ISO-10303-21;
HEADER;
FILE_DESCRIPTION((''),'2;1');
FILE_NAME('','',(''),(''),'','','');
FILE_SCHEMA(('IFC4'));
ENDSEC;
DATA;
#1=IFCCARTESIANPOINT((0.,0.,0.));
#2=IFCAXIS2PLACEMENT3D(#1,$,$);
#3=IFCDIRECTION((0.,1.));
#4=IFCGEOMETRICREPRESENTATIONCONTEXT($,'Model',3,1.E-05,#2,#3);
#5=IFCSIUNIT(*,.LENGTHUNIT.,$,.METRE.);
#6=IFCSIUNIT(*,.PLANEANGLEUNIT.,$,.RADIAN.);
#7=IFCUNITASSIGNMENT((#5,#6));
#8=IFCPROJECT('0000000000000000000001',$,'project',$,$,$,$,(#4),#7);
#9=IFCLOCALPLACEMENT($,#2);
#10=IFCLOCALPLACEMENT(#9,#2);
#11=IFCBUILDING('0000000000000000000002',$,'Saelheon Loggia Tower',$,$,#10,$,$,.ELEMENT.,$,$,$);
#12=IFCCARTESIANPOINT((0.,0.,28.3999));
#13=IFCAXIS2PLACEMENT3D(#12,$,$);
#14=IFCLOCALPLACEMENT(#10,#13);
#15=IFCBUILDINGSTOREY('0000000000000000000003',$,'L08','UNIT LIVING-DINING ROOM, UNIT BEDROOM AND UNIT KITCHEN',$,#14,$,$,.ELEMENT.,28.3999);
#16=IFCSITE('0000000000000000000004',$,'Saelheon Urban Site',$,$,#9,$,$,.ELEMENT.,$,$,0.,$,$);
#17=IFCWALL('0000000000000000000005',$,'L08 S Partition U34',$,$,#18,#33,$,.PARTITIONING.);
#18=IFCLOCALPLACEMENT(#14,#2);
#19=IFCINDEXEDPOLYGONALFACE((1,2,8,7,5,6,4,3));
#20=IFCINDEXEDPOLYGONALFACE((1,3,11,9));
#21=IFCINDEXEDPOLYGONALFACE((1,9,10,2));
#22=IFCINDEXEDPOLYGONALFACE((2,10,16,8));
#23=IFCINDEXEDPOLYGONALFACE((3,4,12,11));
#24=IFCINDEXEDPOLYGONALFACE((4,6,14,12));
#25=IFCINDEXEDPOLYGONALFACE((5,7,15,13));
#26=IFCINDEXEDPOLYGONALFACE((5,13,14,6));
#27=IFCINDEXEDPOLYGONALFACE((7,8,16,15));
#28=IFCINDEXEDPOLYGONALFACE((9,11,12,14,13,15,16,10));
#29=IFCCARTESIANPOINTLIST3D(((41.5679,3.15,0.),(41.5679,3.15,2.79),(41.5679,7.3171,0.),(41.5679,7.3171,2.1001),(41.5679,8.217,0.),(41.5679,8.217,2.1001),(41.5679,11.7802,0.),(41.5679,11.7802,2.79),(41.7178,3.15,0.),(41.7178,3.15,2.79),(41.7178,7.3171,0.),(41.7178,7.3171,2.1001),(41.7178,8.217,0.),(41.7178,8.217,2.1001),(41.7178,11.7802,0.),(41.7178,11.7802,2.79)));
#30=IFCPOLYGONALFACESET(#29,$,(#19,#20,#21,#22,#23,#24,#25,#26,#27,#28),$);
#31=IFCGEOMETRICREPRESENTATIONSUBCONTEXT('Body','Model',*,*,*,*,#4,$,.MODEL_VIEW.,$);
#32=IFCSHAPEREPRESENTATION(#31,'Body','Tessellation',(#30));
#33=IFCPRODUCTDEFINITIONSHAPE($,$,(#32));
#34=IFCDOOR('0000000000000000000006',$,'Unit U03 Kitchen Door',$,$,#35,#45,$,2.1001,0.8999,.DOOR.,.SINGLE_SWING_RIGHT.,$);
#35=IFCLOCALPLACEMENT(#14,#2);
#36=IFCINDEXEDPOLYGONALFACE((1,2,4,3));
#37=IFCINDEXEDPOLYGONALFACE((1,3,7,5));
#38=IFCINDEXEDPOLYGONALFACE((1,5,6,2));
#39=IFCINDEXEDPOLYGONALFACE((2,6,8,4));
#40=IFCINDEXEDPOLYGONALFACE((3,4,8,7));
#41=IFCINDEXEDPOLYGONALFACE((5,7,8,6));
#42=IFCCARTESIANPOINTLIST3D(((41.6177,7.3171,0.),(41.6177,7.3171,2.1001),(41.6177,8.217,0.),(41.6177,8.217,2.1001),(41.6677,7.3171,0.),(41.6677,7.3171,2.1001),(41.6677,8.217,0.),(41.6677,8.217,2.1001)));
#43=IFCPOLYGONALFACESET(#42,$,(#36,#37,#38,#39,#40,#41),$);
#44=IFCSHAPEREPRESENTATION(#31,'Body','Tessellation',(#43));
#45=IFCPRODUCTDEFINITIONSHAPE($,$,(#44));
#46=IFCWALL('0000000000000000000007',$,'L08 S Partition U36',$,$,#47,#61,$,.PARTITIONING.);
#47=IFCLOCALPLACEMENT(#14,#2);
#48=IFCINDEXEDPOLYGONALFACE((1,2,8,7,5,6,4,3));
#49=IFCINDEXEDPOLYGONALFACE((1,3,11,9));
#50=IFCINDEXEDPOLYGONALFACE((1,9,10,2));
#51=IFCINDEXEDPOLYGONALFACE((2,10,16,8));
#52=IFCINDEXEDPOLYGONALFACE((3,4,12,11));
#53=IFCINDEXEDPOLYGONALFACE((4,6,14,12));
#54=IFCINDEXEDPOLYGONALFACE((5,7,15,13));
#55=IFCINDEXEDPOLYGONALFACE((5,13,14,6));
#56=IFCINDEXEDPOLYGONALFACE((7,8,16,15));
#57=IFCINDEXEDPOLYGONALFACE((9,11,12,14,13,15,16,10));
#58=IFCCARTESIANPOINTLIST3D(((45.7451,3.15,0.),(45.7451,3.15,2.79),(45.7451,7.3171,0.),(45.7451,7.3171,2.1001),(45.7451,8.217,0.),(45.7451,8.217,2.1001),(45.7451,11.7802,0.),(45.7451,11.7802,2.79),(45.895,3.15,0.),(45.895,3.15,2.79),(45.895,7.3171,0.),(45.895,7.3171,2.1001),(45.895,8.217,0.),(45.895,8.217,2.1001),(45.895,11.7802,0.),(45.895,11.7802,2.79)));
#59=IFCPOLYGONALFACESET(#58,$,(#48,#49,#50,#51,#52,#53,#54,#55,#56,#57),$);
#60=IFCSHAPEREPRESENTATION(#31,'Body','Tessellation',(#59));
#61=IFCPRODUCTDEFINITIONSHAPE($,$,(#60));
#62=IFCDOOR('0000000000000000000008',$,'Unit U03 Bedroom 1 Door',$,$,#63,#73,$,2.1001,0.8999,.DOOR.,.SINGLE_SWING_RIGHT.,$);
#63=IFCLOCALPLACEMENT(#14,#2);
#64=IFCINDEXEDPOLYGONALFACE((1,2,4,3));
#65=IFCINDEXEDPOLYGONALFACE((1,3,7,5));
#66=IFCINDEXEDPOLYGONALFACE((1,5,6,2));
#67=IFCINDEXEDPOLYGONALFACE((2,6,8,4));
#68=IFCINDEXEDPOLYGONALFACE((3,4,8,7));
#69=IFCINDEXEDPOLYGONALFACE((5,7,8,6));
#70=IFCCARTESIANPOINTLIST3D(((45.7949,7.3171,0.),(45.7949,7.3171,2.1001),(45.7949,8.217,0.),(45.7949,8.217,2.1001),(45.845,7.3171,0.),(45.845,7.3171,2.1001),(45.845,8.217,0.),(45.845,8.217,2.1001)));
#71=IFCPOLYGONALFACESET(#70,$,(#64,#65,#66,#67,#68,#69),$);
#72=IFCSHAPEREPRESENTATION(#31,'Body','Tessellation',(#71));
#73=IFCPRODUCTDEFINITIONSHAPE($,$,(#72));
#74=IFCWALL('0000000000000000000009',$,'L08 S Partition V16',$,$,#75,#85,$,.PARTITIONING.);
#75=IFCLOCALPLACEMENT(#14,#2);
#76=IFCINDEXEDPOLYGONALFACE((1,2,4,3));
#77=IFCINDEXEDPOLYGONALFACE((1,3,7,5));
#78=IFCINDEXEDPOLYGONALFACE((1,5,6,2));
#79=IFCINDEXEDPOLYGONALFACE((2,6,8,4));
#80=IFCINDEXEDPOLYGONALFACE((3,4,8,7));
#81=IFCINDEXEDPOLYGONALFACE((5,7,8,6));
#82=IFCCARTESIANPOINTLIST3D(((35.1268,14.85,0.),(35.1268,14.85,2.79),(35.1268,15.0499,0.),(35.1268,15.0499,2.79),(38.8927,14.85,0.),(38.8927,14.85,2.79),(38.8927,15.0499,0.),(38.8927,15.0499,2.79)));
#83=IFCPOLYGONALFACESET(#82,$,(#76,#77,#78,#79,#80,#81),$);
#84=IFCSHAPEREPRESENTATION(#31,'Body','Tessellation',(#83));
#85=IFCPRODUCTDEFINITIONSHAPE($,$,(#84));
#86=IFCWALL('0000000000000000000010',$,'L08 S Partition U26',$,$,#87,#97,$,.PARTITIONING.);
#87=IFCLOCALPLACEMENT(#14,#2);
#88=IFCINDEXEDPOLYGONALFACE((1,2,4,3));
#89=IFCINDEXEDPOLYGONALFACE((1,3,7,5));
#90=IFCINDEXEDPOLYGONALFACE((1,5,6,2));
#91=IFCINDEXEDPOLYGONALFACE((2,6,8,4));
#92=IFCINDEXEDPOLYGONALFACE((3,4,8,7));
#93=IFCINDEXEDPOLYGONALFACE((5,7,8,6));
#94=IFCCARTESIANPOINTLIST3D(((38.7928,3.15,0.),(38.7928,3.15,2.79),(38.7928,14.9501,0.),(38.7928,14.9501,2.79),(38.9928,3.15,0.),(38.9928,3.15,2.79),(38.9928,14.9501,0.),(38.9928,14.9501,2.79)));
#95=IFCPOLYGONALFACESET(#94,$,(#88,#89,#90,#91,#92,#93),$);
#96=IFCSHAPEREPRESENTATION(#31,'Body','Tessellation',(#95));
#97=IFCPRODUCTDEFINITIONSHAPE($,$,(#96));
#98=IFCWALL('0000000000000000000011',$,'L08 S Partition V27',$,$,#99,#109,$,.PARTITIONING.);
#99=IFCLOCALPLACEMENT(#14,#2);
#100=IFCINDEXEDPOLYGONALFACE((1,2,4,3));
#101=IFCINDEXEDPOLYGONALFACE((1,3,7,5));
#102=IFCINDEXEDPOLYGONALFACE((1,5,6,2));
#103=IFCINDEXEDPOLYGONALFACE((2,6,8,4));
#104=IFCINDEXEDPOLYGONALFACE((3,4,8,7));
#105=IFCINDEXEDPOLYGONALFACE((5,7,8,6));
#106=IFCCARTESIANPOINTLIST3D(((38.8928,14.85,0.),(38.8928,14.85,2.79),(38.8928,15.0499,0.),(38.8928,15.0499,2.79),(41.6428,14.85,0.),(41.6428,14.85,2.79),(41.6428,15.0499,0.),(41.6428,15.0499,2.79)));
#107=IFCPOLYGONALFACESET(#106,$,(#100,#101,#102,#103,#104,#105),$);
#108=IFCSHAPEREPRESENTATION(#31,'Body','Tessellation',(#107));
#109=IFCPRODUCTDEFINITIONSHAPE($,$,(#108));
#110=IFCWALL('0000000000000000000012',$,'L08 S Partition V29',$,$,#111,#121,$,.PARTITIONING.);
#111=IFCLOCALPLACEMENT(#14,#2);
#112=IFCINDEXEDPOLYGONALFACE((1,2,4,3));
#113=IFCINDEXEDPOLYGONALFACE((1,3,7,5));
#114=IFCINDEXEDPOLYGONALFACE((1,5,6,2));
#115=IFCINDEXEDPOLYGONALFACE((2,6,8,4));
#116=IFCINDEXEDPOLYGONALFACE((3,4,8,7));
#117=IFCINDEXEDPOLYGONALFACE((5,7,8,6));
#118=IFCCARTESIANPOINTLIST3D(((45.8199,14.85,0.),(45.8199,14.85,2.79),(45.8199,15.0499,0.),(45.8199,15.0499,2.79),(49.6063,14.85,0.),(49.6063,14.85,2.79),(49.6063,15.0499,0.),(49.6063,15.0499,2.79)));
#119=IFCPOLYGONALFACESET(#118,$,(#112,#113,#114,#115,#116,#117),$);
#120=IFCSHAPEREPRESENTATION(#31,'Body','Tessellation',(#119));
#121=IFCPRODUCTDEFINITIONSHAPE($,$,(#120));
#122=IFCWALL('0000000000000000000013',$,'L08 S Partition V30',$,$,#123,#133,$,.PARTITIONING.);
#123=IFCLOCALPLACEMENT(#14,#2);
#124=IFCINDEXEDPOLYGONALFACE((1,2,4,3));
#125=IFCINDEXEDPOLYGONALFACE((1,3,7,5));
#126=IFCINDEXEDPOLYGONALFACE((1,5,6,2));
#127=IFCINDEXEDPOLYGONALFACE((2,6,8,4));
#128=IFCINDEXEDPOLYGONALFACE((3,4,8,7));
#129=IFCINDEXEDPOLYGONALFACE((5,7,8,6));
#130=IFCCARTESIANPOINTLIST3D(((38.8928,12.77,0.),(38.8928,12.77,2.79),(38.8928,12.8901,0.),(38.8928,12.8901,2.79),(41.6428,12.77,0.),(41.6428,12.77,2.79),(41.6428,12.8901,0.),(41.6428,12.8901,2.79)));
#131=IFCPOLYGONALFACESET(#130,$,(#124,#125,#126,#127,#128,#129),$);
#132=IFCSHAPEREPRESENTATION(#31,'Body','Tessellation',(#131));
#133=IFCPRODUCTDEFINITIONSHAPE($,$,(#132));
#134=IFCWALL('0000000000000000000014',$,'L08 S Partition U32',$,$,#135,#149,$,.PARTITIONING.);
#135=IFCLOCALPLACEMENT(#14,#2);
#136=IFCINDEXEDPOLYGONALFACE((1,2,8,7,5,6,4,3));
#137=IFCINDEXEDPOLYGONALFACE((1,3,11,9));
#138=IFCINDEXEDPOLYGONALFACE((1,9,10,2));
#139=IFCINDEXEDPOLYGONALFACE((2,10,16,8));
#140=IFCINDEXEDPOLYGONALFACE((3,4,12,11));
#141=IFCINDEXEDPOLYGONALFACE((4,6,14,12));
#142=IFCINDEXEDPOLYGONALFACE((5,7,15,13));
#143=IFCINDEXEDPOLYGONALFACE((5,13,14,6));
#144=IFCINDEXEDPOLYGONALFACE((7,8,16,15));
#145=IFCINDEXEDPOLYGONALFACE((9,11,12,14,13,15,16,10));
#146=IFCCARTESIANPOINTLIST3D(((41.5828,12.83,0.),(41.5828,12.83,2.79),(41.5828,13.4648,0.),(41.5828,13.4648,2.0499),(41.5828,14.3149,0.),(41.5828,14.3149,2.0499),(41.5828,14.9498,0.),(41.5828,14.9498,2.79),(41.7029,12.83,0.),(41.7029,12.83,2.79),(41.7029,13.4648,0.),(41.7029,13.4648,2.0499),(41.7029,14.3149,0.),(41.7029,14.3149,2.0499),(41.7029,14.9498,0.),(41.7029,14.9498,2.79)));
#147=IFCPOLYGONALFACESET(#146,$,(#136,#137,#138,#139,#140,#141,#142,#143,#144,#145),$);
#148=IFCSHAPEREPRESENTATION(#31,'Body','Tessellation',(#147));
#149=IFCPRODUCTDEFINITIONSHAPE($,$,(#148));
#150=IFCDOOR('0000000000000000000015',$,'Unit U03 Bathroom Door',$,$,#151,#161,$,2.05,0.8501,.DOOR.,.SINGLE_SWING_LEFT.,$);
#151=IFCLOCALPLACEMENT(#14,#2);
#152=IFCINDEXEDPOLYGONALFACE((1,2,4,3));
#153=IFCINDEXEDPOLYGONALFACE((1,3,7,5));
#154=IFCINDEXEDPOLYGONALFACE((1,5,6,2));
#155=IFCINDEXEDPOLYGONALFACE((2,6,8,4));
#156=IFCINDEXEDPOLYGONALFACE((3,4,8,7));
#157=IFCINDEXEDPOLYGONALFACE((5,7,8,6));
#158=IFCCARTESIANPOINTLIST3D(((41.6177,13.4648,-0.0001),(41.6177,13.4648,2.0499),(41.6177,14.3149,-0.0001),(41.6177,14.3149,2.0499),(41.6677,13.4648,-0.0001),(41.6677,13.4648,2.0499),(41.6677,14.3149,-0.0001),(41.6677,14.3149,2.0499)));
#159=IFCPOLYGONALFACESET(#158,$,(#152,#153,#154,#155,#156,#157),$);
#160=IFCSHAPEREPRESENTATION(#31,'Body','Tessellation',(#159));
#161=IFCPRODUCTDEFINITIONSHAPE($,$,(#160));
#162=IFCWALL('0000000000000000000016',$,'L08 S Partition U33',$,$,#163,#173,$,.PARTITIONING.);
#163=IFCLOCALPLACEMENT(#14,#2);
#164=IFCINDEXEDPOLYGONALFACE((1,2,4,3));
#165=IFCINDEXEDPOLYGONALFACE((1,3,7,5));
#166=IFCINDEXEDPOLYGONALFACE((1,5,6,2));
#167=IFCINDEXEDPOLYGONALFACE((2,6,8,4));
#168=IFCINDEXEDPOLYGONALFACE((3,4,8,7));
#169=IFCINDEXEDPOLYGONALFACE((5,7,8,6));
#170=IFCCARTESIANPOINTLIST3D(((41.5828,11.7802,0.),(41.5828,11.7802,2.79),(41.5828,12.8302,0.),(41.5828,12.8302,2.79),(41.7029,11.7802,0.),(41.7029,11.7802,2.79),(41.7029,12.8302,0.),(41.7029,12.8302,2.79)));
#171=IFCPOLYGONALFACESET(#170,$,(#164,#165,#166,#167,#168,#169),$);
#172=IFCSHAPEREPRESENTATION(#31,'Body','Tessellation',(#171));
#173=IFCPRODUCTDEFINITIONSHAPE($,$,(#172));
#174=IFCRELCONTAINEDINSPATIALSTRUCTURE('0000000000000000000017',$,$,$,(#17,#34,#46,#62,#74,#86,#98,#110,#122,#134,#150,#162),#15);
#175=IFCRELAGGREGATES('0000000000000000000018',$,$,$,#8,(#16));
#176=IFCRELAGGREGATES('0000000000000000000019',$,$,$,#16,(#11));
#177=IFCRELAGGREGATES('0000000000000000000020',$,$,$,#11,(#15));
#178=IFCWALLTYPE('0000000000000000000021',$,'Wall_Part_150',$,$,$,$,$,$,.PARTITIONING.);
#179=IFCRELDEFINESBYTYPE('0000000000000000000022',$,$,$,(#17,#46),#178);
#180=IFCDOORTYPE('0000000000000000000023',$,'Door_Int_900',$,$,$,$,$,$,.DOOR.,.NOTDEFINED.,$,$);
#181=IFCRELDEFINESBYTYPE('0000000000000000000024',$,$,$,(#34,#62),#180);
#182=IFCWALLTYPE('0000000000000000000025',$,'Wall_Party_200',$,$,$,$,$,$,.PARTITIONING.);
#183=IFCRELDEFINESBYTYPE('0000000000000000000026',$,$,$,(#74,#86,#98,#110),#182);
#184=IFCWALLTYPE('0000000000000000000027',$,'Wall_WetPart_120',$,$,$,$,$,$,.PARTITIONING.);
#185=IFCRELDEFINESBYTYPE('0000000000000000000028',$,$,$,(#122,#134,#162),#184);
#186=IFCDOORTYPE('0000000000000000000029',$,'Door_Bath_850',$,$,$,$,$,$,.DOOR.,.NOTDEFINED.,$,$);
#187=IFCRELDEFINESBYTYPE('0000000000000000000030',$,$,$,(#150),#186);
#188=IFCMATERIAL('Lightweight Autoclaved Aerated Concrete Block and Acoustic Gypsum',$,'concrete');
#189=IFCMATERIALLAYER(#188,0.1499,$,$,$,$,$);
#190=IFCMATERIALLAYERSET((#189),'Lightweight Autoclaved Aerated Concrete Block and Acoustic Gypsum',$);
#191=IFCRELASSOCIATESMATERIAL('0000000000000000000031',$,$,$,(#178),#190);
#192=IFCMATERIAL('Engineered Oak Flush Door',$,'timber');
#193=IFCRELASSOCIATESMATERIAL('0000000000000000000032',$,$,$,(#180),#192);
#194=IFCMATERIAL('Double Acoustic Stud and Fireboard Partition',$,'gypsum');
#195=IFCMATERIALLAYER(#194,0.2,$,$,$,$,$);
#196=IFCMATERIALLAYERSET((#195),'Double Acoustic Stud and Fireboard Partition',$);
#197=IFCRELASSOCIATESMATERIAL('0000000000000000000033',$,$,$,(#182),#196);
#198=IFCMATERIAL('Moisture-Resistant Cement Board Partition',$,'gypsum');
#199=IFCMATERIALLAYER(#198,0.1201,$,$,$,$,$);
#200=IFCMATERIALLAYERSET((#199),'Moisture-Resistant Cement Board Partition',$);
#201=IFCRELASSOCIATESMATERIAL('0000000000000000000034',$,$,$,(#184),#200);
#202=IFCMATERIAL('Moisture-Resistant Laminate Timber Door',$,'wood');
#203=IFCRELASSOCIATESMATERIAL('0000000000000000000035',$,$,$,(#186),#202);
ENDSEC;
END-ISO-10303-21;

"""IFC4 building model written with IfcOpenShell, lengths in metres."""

from ifc_helpers import new_model, si_unit, direction, frame, frame_2d, origin, place, context, subcontext, project, spatial, rectangle, extrude, source, transform, mapped, material, layer, layer_set, type_object, element, fill, save


model = new_model("IFC4")

# Units and contexts
model_context = context("Model", 3, precision=1e-05, world=origin(), true_north=direction((0.0, 1.0)))
body_context = subcontext(model_context, "Body", "Model", "MODEL_VIEW")
ifc_project = project(units=[si_unit("LENGTHUNIT", "METRE"), si_unit("PLANEANGLEUNIT", "RADIAN")], contexts=[model_context])

# Site, building, storey
site_placement = place(None, origin())
site = spatial("IfcSite", under=ifc_project, at=site_placement, Name="Saelheon Urban Site", CompositionType="ELEMENT", RefElevation=0.0)
building_placement = place(site_placement, origin())
building = spatial("IfcBuilding", under=site, at=building_placement, Name="Saelheon Loggia Tower", CompositionType="ELEMENT")
storey_placement = place(building_placement, frame((0.0, 0.0, 28.3999)))
storey = spatial("IfcBuildingStorey", under=building, at=storey_placement, Name="L08", Description="UNIT LIVING-DINING ROOM, UNIT BEDROOM AND UNIT KITCHEN", CompositionType="ELEMENT", Elevation=28.3999)

# Shared definitions
ifc_material_1 = material(Name="Lightweight Autoclaved Aerated Concrete Block and Acoustic Gypsum", Category="concrete")
ifc_layer_1 = layer(ifc_material_1, 0.1499)
ifc_layer_set_1 = layer_set([ifc_layer_1], Name="Lightweight Autoclaved Aerated Concrete Block and Acoustic Gypsum")
wall_type_1 = type_object("IfcWallType", Name="Wall_Part_150", PredefinedType="PARTITIONING", material=ifc_layer_set_1)

# Shared definitions
ifc_material_2 = material(Name="Engineered Oak Flush Door", Category="timber")
door_type_1 = type_object("IfcDoorType", Name="Door_Int_900", OperationType="NOTDEFINED", PredefinedType="DOOR", material=ifc_material_2)
shared_shape_1 = source(origin(), body_context, "Body", "SweptSolid", [
    extrude(rectangle(XDim=0.8999, YDim=2.1001, at=frame_2d((0.45, 1.05))), frame((0.0, 0.0249, 0.0), z_axis=(0.0, -1.0, 0.0), x_axis=(1.0, 0.0, 0.0)), (0.0, 0.0, 1.0), 0.05),
])

# Walls, openings, doors
wall_1_placement = place(storey_placement, frame((41.6428, 11.78, 0.0), z_axis=(0.0, 0.0, 1.0), x_axis=(0.0, -1.0, 0.0)))
wall_1 = element("IfcWall", 1, at=wall_1_placement, inside=storey, type_object=wall_type_1, Name="L08 S Partition U34", PredefinedType="PARTITIONING", context=body_context, shape_type="SweptSolid", body=[
    extrude(rectangle(XDim=8.6301, YDim=0.1499, at=frame_2d((4.3149, 0.0))), origin(), (0.0, 0.0, 1.0), 2.79),
])
opening_1_placement = place(wall_1_placement, frame((3.563, 0.0, 0.0)))
opening_1 = element("IfcOpeningElement", 2, at=opening_1_placement, cuts=wall_1, PredefinedType="OPENING", context=body_context, shape_type="SweptSolid", body=[
    extrude(rectangle(XDim=0.8999, YDim=2.1001, at=frame_2d((0.45, 1.05))), frame((0.0, 0.0869, 0.0), z_axis=(0.0, -1.0, 0.0), x_axis=(1.0, 0.0, 0.0)), (0.0, 0.0, 1.0), 0.1738),
])
door_1_placement = place(opening_1_placement, origin())
door_1 = element("IfcDoor", 3, at=door_1_placement, inside=storey, type_object=door_type_1, Name="Unit U03 Kitchen Door", OperationType="SINGLE_SWING_RIGHT", OverallHeight=2.1001, OverallWidth=0.8999, PredefinedType="DOOR", context=body_context, shape_type="MappedRepresentation", body=[
    mapped(shared_shape_1, transform((0.0, 0.0, 0.0), scale=1.0)),
])
fill(opening_1, door_1)
wall_2_placement = place(storey_placement, frame((45.8201, 11.78, 0.0), z_axis=(0.0, 0.0, 1.0), x_axis=(0.0, -1.0, 0.0)))
wall_2 = element("IfcWall", 4, at=wall_2_placement, inside=storey, type_object=wall_type_1, Name="L08 S Partition U36", PredefinedType="PARTITIONING", context=body_context, shape_type="SweptSolid", body=[
    extrude(rectangle(XDim=8.6301, YDim=0.1499, at=frame_2d((4.3149, 0.0))), origin(), (0.0, 0.0, 1.0), 2.79),
])
opening_2_placement = place(wall_2_placement, frame((3.563, 0.0, 0.0)))
opening_2 = element("IfcOpeningElement", 5, at=opening_2_placement, cuts=wall_2, PredefinedType="OPENING", context=body_context, shape_type="SweptSolid", body=[
    extrude(rectangle(XDim=0.8999, YDim=2.1001, at=frame_2d((0.45, 1.05))), frame((0.0, 0.0869, 0.0), z_axis=(0.0, -1.0, 0.0), x_axis=(1.0, 0.0, 0.0)), (0.0, 0.0, 1.0), 0.1738),
])
door_2_placement = place(opening_2_placement, origin())
door_2 = element("IfcDoor", 6, at=door_2_placement, inside=storey, type_object=door_type_1, Name="Unit U03 Bedroom 1 Door", OperationType="SINGLE_SWING_RIGHT", OverallHeight=2.1001, OverallWidth=0.8999, PredefinedType="DOOR", context=body_context, shape_type="MappedRepresentation", body=[
    mapped(shared_shape_1, transform((0.0, 0.0, 0.0), scale=1.0)),
])
fill(opening_2, door_2)

# Walls
ifc_material_3 = material(Name="Double Acoustic Stud and Fireboard Partition", Category="gypsum")
ifc_layer_2 = layer(ifc_material_3, 0.2)
ifc_layer_set_2 = layer_set([ifc_layer_2], Name="Double Acoustic Stud and Fireboard Partition")
wall_type_2 = type_object("IfcWallType", Name="Wall_Party_200", PredefinedType="PARTITIONING", material=ifc_layer_set_2)
wall_3_placement = place(storey_placement, frame((35.127, 14.95, 0.0), z_axis=(0.0, 0.0, 1.0), x_axis=(1.0, 0.0, 0.0)))
element("IfcWall", 7, at=wall_3_placement, inside=storey, type_object=wall_type_2, Name="L08 S Partition V16", PredefinedType="PARTITIONING", context=body_context, shape_type="SweptSolid", body=[
    extrude(rectangle(XDim=3.7659, YDim=0.2, at=frame_2d((1.8828, 0.0))), origin(), (0.0, 0.0, 1.0), 2.79),
])
wall_4_placement = place(storey_placement, frame((38.8928, 14.95, 0.0), z_axis=(0.0, 0.0, 1.0), x_axis=(0.0, -1.0, 0.0)))
element("IfcWall", 8, at=wall_4_placement, inside=storey, type_object=wall_type_2, Name="L08 S Partition U26", PredefinedType="PARTITIONING", context=body_context, shape_type="SweptSolid", body=[
    extrude(rectangle(XDim=11.8, YDim=0.2, at=frame_2d((5.8999, 0.0))), origin(), (0.0, 0.0, 1.0), 2.79),
])
wall_5_placement = place(storey_placement, frame((38.8928, 14.95, 0.0), z_axis=(0.0, 0.0, 1.0), x_axis=(1.0, 0.0, 0.0)))
element("IfcWall", 9, at=wall_5_placement, inside=storey, type_object=wall_type_2, Name="L08 S Partition V27", PredefinedType="PARTITIONING", context=body_context, shape_type="SweptSolid", body=[
    extrude(rectangle(XDim=2.75, YDim=0.2, at=frame_2d((1.375, 0.0))), origin(), (0.0, 0.0, 1.0), 2.79),
])

# Walls
wall_6_placement = place(storey_placement, frame((45.8201, 14.95, 0.0), z_axis=(0.0, 0.0, 1.0), x_axis=(1.0, 0.0, 0.0)))
element("IfcWall", 10, at=wall_6_placement, inside=storey, type_object=wall_type_2, Name="L08 S Partition V29", PredefinedType="PARTITIONING", context=body_context, shape_type="SweptSolid", body=[
    extrude(rectangle(XDim=3.7864, YDim=0.2, at=frame_2d((1.8931, 0.0))), origin(), (0.0, 0.0, 1.0), 2.79),
])
ifc_material_4 = material(Name="Moisture-Resistant Cement Board Partition", Category="gypsum")
ifc_layer_3 = layer(ifc_material_4, 0.1201)
ifc_layer_set_3 = layer_set([ifc_layer_3], Name="Moisture-Resistant Cement Board Partition")
wall_type_3 = type_object("IfcWallType", Name="Wall_WetPart_120", PredefinedType="PARTITIONING", material=ifc_layer_set_3)
wall_7_placement = place(storey_placement, frame((38.8928, 12.8301, 0.0), z_axis=(0.0, 0.0, 1.0), x_axis=(1.0, 0.0, 0.0)))
element("IfcWall", 11, at=wall_7_placement, inside=storey, type_object=wall_type_3, Name="L08 S Partition V30", PredefinedType="PARTITIONING", context=body_context, shape_type="SweptSolid", body=[
    extrude(rectangle(XDim=2.75, YDim=0.1201, at=frame_2d((1.375, 0.0))), origin(), (0.0, 0.0, 1.0), 2.79),
])

# Wall, opening, door
wall_8_placement = place(storey_placement, frame((41.6428, 14.95, 0.0), z_axis=(0.0, 0.0, 1.0), x_axis=(0.0, -1.0, 0.0)))
wall_8 = element("IfcWall", 12, at=wall_8_placement, inside=storey, type_object=wall_type_3, Name="L08 S Partition U32", PredefinedType="PARTITIONING", context=body_context, shape_type="SweptSolid", body=[
    extrude(rectangle(XDim=2.1199, YDim=0.1201, at=frame_2d((1.0601, 0.0))), origin(), (0.0, 0.0, 1.0), 2.79),
])
opening_3_placement = place(wall_8_placement, frame((0.635, 0.0, 0.0)))
opening_3 = element("IfcOpeningElement", 13, at=opening_3_placement, cuts=wall_8, PredefinedType="OPENING", context=body_context, shape_type="SweptSolid", body=[
    extrude(rectangle(XDim=0.8501, YDim=2.05, at=frame_2d((0.425, 1.0249))), frame((0.0, 0.072, 0.0), z_axis=(0.0, -1.0, 0.0), x_axis=(1.0, 0.0, 0.0)), (0.0, 0.0, 1.0), 0.144),
])
ifc_material_5 = material(Name="Moisture-Resistant Laminate Timber Door", Category="wood")
door_type_2 = type_object("IfcDoorType", Name="Door_Bath_850", OperationType="NOTDEFINED", PredefinedType="DOOR", material=ifc_material_5)
shared_shape_2 = source(origin(), body_context, "Body", "SweptSolid", [
    extrude(rectangle(XDim=0.8501, YDim=2.05, at=frame_2d((0.425, 1.0249))), frame((0.0, 0.0249, 0.0), z_axis=(0.0, -1.0, 0.0), x_axis=(1.0, 0.0, 0.0)), (0.0, 0.0, 1.0), 0.05),
])
door_3_placement = place(opening_3_placement, origin())
door_3 = element("IfcDoor", 14, at=door_3_placement, inside=storey, type_object=door_type_2, Name="Unit U03 Bathroom Door", OperationType="SINGLE_SWING_LEFT", OverallHeight=2.05, OverallWidth=0.8501, PredefinedType="DOOR", context=body_context, shape_type="MappedRepresentation", body=[
    mapped(shared_shape_2, transform((0.0, 0.0, 0.0), scale=1.0)),
])
fill(opening_3, door_3)

# Wall
wall_9_placement = place(storey_placement, frame((41.6428, 12.8301, 0.0), z_axis=(0.0, 0.0, 1.0), x_axis=(0.0, -1.0, 0.0)))
element("IfcWall", 15, at=wall_9_placement, inside=storey, type_object=wall_type_3, Name="L08 S Partition U33", PredefinedType="PARTITIONING", context=body_context, shape_type="SweptSolid", body=[
    extrude(rectangle(XDim=1.05, YDim=0.1201, at=frame_2d((0.5249, 0.0))), origin(), (0.0, 0.0, 1.0), 2.79),
])

save(model, "model.ifc")
